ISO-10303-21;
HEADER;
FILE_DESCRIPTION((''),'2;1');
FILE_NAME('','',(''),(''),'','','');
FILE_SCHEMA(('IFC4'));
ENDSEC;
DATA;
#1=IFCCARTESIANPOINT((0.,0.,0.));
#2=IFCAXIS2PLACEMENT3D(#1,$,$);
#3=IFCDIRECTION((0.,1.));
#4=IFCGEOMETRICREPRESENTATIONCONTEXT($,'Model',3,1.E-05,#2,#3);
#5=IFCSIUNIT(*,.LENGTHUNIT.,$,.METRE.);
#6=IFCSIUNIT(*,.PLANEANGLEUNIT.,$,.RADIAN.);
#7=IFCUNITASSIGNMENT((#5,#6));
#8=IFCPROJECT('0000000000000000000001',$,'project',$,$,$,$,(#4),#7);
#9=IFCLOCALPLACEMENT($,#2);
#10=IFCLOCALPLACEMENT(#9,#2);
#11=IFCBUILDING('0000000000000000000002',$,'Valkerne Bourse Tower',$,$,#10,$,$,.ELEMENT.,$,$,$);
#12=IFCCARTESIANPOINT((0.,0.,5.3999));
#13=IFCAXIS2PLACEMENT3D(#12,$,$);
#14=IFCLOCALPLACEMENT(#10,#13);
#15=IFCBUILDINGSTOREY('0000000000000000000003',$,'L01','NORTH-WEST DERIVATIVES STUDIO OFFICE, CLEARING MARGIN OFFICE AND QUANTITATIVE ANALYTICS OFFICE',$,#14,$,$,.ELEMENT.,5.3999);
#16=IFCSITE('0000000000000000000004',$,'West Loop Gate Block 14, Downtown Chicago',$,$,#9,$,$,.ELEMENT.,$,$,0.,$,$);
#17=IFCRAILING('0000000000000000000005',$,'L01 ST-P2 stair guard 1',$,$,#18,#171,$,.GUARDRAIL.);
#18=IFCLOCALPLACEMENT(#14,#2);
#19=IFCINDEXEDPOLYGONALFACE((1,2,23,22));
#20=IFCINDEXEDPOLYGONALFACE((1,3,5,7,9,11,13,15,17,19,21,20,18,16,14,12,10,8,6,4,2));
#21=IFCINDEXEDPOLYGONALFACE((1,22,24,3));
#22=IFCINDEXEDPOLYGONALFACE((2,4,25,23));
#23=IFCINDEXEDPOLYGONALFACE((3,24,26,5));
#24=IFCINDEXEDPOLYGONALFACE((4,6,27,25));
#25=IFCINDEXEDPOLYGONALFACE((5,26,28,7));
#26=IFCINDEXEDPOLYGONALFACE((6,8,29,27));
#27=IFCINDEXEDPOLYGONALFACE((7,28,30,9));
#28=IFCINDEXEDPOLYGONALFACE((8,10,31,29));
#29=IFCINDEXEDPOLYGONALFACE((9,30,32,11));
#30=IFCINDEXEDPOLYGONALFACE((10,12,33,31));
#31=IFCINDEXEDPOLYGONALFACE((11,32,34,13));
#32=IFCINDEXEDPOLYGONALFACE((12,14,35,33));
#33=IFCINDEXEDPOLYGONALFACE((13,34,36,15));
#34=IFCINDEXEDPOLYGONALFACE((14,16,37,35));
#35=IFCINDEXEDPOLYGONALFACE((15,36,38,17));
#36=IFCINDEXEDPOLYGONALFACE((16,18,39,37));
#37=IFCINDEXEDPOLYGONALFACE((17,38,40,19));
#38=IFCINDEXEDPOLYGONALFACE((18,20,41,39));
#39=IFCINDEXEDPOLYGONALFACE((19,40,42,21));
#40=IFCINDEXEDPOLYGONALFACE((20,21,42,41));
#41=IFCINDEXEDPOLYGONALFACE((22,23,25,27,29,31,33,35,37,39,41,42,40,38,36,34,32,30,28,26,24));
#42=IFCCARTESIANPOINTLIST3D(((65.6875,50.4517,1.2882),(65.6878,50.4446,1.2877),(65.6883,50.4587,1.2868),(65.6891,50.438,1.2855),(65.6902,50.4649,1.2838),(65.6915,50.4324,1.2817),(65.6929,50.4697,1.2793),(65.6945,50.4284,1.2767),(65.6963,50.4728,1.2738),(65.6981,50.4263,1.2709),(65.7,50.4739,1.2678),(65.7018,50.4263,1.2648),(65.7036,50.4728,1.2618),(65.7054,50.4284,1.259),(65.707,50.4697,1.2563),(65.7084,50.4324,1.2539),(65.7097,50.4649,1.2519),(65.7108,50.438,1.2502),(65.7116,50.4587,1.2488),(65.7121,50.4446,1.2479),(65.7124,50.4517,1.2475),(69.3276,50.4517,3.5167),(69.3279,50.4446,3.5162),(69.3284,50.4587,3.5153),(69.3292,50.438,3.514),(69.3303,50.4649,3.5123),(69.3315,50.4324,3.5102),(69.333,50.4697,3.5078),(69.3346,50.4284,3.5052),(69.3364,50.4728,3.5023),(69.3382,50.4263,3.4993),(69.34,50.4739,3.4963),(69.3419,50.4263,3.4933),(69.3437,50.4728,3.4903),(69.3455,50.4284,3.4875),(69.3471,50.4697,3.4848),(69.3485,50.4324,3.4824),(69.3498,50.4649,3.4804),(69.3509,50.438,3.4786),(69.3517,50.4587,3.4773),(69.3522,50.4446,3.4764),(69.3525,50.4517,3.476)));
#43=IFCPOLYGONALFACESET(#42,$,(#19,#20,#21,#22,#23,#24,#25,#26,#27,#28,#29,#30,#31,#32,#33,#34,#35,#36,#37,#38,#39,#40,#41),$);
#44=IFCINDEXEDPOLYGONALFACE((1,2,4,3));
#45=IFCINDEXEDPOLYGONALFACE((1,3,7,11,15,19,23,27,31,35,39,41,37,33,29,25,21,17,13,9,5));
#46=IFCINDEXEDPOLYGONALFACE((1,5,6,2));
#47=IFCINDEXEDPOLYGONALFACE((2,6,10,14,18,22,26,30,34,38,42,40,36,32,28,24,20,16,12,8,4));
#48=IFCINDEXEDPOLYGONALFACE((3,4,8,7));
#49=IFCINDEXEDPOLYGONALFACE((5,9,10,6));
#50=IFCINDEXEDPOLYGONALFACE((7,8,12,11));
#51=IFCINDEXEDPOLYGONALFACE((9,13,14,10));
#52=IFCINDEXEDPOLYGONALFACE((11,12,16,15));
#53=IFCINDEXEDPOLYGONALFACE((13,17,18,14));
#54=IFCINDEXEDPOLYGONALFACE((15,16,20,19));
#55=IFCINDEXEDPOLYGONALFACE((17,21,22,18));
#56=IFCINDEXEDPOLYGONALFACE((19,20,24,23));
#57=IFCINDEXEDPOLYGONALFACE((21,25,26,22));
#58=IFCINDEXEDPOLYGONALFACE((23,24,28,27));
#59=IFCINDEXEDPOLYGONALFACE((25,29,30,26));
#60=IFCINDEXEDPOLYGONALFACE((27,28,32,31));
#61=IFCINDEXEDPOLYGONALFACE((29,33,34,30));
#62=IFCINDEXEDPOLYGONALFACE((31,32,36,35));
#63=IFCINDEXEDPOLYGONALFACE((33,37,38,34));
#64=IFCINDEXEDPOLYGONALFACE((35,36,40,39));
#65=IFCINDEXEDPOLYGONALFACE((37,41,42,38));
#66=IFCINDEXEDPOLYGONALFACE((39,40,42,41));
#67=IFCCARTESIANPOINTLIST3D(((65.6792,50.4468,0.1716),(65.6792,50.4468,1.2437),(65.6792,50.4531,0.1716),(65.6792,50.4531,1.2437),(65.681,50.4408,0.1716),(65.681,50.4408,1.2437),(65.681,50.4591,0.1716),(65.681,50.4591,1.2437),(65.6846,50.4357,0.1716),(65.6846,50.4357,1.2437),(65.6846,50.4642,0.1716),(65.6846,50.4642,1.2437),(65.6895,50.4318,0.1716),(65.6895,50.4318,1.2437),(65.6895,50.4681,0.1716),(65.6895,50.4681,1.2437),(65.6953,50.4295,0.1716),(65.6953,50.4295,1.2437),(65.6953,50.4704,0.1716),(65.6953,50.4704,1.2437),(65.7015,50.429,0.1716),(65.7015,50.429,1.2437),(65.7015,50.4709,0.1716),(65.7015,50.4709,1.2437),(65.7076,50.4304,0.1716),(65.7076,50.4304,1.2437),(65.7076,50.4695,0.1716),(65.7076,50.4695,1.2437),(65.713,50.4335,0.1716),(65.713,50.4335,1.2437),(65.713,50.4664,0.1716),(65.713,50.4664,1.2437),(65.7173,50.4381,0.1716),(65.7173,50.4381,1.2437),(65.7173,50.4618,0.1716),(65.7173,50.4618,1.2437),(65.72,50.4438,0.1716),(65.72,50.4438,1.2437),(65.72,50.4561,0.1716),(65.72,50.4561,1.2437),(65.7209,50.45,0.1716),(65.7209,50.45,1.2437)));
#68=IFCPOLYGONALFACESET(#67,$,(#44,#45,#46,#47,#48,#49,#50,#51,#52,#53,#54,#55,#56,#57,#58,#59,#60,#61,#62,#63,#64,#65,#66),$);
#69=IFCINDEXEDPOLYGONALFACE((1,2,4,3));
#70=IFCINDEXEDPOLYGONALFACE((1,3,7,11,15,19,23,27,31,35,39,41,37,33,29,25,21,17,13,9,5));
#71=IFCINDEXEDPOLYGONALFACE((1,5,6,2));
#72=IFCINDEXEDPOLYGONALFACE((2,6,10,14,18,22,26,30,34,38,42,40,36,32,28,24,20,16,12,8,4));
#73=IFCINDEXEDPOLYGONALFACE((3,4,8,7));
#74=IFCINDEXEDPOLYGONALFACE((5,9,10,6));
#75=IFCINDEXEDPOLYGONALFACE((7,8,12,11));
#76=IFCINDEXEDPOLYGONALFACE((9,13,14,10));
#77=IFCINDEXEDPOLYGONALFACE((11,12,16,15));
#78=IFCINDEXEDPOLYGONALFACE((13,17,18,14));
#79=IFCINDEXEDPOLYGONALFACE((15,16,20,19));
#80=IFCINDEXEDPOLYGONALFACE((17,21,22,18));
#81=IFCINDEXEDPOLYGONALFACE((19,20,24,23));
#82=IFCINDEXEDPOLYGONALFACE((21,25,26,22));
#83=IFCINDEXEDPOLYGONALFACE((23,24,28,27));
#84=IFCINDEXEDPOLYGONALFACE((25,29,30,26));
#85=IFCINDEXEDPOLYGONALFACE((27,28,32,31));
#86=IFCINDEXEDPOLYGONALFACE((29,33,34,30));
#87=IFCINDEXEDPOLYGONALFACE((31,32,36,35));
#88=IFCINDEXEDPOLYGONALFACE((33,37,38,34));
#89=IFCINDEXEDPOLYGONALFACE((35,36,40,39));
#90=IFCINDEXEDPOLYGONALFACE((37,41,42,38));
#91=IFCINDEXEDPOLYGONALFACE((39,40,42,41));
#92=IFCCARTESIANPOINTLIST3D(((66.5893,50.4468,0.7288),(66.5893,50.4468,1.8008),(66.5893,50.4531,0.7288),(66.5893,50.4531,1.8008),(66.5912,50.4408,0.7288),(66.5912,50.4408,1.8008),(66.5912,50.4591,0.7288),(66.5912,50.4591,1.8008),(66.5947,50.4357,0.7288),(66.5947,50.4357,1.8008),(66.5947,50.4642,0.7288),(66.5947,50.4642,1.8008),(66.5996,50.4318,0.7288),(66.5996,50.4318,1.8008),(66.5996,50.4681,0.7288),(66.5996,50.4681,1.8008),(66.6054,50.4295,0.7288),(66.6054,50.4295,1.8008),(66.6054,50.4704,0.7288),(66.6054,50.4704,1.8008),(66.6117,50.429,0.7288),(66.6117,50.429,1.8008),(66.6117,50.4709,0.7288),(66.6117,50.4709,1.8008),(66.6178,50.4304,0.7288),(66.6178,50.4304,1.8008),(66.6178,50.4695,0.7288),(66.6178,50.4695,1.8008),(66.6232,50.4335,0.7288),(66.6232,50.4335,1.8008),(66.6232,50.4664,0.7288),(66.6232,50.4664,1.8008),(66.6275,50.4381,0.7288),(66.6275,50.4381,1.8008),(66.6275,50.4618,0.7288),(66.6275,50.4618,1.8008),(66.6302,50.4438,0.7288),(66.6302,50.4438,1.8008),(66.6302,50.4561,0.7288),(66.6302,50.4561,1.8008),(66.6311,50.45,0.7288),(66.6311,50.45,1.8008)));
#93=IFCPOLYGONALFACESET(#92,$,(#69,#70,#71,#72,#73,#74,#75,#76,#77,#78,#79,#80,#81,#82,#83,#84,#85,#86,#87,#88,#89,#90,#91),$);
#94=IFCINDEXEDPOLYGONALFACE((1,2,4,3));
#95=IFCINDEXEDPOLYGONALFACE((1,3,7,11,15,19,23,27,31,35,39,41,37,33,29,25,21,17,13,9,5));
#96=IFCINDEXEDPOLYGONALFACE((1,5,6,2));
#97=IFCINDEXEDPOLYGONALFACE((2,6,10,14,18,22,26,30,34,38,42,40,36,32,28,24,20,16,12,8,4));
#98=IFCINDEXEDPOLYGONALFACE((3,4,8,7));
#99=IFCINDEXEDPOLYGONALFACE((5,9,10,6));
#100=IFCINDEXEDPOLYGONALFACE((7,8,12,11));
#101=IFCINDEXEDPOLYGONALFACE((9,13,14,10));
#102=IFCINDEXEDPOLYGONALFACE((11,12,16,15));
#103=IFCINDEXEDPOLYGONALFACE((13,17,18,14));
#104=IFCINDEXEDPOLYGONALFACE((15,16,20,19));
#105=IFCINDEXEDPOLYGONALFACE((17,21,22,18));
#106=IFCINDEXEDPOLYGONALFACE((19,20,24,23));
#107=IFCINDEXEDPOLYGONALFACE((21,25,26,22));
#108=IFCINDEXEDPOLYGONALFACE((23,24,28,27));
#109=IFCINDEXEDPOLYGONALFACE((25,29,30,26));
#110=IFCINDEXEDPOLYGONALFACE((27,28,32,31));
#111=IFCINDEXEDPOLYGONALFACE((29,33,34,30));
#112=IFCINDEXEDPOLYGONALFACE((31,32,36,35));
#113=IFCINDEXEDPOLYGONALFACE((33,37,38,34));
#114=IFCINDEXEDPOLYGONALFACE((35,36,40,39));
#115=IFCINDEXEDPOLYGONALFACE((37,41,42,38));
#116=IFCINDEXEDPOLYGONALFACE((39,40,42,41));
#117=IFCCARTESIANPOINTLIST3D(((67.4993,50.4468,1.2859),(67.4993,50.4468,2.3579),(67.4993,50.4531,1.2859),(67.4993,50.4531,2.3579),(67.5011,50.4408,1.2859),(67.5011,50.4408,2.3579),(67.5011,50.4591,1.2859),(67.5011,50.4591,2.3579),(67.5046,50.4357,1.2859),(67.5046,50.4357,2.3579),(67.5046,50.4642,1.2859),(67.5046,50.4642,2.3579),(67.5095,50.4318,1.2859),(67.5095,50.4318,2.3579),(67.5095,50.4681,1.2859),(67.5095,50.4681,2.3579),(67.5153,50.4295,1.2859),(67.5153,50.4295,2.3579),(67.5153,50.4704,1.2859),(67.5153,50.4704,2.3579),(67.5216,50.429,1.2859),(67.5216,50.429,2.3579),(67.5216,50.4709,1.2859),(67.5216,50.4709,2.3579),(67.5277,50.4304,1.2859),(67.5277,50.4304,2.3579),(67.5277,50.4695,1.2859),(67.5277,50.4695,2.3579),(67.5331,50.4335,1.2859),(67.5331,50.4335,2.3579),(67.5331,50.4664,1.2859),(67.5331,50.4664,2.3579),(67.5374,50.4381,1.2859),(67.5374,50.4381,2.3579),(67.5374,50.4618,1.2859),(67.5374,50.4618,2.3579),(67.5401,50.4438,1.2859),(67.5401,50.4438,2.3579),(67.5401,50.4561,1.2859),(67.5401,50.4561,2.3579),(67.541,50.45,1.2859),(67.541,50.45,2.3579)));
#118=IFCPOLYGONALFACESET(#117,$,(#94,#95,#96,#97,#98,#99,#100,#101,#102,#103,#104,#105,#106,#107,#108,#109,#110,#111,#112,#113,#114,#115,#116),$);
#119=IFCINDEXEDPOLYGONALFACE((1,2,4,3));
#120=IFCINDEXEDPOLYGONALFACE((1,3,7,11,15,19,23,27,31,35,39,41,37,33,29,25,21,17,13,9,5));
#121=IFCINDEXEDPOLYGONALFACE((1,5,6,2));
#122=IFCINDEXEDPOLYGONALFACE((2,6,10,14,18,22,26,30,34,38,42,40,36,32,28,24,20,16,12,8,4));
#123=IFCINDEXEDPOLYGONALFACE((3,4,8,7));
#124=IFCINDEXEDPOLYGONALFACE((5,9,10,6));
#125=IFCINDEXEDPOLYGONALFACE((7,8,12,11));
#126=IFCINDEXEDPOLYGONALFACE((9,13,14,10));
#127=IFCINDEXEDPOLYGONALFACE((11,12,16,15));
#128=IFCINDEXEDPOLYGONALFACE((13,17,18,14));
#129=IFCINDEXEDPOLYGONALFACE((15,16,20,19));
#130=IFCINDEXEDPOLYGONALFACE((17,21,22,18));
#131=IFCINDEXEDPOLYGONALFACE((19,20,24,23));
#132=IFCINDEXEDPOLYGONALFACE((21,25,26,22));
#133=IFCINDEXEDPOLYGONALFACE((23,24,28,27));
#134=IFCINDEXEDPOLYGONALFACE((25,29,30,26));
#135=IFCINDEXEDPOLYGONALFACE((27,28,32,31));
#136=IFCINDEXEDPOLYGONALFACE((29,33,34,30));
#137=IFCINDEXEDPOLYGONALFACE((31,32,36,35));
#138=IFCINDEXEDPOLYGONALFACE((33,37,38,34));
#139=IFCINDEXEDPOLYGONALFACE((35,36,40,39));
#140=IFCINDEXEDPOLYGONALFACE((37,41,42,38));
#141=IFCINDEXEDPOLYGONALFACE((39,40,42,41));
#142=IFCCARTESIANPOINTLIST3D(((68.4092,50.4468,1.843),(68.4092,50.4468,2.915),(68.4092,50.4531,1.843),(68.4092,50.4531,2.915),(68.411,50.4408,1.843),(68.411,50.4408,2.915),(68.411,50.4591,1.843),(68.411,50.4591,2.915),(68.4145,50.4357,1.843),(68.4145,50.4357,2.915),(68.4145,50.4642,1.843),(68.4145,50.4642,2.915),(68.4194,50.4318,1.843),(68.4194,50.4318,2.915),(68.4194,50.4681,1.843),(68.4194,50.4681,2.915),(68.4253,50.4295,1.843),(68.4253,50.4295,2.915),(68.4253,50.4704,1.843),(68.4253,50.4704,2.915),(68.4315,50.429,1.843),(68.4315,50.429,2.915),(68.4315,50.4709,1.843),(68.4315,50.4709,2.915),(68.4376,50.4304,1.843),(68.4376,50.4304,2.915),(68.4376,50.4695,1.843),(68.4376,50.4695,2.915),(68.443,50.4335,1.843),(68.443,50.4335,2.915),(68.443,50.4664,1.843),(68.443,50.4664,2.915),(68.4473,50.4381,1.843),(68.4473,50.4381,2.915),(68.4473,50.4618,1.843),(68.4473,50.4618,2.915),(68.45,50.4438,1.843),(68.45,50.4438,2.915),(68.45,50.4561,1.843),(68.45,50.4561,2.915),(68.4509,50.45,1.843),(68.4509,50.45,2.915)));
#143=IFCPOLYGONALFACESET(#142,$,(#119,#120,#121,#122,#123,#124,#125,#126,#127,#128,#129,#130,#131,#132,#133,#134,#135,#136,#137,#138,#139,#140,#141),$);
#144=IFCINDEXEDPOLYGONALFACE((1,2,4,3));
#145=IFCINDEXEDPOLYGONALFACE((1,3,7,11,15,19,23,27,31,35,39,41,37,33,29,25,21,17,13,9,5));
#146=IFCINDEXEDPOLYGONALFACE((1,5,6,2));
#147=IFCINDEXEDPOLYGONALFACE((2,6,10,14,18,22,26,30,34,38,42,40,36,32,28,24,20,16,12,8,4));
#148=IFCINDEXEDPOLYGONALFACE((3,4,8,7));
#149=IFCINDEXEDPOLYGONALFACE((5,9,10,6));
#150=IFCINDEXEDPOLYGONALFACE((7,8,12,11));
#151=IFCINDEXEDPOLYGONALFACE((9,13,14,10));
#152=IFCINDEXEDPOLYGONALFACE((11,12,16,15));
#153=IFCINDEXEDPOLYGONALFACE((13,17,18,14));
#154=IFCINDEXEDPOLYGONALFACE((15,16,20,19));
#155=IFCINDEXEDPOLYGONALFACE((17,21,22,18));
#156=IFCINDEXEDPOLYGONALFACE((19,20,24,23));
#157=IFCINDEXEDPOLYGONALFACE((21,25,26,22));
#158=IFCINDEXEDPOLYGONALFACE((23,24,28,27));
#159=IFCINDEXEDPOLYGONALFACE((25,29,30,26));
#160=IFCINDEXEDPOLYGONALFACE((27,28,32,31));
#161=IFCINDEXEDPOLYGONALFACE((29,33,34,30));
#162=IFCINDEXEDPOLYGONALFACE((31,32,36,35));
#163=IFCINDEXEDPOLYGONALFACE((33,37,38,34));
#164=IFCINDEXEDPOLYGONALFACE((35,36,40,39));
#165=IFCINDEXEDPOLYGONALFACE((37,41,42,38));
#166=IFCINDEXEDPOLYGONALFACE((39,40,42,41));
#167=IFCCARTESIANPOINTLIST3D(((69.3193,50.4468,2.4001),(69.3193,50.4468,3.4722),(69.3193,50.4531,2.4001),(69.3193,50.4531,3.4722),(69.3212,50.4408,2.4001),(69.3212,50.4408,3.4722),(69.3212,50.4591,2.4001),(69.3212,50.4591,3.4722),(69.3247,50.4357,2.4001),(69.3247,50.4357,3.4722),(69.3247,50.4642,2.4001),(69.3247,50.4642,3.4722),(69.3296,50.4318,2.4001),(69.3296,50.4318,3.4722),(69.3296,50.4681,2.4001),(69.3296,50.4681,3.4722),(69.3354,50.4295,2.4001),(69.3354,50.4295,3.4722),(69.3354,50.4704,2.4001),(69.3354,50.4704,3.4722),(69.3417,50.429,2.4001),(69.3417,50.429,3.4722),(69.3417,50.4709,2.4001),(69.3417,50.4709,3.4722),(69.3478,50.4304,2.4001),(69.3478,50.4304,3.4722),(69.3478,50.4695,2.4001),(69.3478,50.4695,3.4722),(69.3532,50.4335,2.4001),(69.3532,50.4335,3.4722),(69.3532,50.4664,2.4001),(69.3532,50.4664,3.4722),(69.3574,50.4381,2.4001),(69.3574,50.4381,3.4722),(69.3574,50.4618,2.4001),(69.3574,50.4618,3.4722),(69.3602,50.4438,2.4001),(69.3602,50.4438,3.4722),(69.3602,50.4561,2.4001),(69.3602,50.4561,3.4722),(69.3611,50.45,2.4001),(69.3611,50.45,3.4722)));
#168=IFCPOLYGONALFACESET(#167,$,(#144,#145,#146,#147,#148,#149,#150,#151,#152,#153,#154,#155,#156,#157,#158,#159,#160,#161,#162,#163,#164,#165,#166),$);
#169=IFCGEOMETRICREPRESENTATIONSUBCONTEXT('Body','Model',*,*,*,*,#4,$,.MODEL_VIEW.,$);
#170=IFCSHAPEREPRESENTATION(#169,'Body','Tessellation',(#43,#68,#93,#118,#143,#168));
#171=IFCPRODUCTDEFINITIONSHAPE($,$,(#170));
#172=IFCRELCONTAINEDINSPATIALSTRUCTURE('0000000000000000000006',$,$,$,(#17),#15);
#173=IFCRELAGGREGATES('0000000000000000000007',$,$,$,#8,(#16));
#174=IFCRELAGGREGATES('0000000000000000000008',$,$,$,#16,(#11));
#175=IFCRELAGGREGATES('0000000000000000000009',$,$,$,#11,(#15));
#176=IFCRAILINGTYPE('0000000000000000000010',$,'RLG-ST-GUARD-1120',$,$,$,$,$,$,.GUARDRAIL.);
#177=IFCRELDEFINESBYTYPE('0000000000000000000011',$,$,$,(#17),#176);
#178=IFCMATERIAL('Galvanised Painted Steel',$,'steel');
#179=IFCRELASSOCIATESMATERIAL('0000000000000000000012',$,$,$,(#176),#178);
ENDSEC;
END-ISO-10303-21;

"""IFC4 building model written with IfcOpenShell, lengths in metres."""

from ifc_helpers import new_model, si_unit, direction, frame, origin, origin_2d, place, context, subcontext, project, spatial, circle, extrude, material, type_object, element, save


model = new_model("IFC4")

# Units and contexts
model_context = context("Model", 3, precision=1e-05, world=origin(), true_north=direction((0.0, 1.0)))
body_context = subcontext(model_context, "Body", "Model", "MODEL_VIEW")
ifc_project = project(units=[si_unit("LENGTHUNIT", "METRE"), si_unit("PLANEANGLEUNIT", "RADIAN")], contexts=[model_context])

# Site, building, storey
site_placement = place(None, origin())
site = spatial("IfcSite", under=ifc_project, at=site_placement, Name="West Loop Gate Block 14, Downtown Chicago", CompositionType="ELEMENT", RefElevation=0.0)
building_placement = place(site_placement, origin())
building = spatial("IfcBuilding", under=site, at=building_placement, Name="Valkerne Bourse Tower", CompositionType="ELEMENT")
storey_placement = place(building_placement, frame((0.0, 0.0, 5.3999)))
storey = spatial("IfcBuildingStorey", under=building, at=storey_placement, Name="L01", Description="NORTH-WEST DERIVATIVES STUDIO OFFICE, CLEARING MARGIN OFFICE AND QUANTITATIVE ANALYTICS OFFICE", CompositionType="ELEMENT", Elevation=5.3999)

# Railing
ifc_material_1 = material(Name="Galvanised Painted Steel", Category="steel")
railing_type_1 = type_object("IfcRailingType", Name="RLG-ST-GUARD-1120", PredefinedType="GUARDRAIL", material=ifc_material_1)
railing_1_placement = place(storey_placement, frame((65.7, 50.45, 0.1716)))
element("IfcRailing", 1, at=railing_1_placement, inside=storey, type_object=railing_type_1, Name="L01 ST-P2 stair guard 1", PredefinedType="GUARDRAIL", context=body_context, shape_type="SweptSolid", body=[
    extrude(circle(Radius=0.0239, at=origin_2d()), frame((0.0, 0.0, 1.0962), z_axis=(0.852866, 0.0, 0.52213), x_axis=(0.0, 1.0, 0.0)), (0.0, 0.0, 1.0), 4.2681),
    extrude(circle(Radius=0.021, at=origin_2d()), origin(), (0.0, 0.0, 1.0), 1.072),
    extrude(circle(Radius=0.021, at=origin_2d()), frame((0.9102, 0.0, 0.5571)), (0.0, 0.0, 1.0), 1.072),
    extrude(circle(Radius=0.021, at=origin_2d()), frame((1.8201, 0.0, 1.1143)), (0.0, 0.0, 1.0), 1.072),
    extrude(circle(Radius=0.021, at=origin_2d()), frame((2.73, 0.0, 1.6714)), (0.0, 0.0, 1.0), 1.072),
    extrude(circle(Radius=0.021, at=origin_2d()), frame((3.6401, 0.0, 2.2285)), (0.0, 0.0, 1.0), 1.072),
])

save(model, "model.ifc")
